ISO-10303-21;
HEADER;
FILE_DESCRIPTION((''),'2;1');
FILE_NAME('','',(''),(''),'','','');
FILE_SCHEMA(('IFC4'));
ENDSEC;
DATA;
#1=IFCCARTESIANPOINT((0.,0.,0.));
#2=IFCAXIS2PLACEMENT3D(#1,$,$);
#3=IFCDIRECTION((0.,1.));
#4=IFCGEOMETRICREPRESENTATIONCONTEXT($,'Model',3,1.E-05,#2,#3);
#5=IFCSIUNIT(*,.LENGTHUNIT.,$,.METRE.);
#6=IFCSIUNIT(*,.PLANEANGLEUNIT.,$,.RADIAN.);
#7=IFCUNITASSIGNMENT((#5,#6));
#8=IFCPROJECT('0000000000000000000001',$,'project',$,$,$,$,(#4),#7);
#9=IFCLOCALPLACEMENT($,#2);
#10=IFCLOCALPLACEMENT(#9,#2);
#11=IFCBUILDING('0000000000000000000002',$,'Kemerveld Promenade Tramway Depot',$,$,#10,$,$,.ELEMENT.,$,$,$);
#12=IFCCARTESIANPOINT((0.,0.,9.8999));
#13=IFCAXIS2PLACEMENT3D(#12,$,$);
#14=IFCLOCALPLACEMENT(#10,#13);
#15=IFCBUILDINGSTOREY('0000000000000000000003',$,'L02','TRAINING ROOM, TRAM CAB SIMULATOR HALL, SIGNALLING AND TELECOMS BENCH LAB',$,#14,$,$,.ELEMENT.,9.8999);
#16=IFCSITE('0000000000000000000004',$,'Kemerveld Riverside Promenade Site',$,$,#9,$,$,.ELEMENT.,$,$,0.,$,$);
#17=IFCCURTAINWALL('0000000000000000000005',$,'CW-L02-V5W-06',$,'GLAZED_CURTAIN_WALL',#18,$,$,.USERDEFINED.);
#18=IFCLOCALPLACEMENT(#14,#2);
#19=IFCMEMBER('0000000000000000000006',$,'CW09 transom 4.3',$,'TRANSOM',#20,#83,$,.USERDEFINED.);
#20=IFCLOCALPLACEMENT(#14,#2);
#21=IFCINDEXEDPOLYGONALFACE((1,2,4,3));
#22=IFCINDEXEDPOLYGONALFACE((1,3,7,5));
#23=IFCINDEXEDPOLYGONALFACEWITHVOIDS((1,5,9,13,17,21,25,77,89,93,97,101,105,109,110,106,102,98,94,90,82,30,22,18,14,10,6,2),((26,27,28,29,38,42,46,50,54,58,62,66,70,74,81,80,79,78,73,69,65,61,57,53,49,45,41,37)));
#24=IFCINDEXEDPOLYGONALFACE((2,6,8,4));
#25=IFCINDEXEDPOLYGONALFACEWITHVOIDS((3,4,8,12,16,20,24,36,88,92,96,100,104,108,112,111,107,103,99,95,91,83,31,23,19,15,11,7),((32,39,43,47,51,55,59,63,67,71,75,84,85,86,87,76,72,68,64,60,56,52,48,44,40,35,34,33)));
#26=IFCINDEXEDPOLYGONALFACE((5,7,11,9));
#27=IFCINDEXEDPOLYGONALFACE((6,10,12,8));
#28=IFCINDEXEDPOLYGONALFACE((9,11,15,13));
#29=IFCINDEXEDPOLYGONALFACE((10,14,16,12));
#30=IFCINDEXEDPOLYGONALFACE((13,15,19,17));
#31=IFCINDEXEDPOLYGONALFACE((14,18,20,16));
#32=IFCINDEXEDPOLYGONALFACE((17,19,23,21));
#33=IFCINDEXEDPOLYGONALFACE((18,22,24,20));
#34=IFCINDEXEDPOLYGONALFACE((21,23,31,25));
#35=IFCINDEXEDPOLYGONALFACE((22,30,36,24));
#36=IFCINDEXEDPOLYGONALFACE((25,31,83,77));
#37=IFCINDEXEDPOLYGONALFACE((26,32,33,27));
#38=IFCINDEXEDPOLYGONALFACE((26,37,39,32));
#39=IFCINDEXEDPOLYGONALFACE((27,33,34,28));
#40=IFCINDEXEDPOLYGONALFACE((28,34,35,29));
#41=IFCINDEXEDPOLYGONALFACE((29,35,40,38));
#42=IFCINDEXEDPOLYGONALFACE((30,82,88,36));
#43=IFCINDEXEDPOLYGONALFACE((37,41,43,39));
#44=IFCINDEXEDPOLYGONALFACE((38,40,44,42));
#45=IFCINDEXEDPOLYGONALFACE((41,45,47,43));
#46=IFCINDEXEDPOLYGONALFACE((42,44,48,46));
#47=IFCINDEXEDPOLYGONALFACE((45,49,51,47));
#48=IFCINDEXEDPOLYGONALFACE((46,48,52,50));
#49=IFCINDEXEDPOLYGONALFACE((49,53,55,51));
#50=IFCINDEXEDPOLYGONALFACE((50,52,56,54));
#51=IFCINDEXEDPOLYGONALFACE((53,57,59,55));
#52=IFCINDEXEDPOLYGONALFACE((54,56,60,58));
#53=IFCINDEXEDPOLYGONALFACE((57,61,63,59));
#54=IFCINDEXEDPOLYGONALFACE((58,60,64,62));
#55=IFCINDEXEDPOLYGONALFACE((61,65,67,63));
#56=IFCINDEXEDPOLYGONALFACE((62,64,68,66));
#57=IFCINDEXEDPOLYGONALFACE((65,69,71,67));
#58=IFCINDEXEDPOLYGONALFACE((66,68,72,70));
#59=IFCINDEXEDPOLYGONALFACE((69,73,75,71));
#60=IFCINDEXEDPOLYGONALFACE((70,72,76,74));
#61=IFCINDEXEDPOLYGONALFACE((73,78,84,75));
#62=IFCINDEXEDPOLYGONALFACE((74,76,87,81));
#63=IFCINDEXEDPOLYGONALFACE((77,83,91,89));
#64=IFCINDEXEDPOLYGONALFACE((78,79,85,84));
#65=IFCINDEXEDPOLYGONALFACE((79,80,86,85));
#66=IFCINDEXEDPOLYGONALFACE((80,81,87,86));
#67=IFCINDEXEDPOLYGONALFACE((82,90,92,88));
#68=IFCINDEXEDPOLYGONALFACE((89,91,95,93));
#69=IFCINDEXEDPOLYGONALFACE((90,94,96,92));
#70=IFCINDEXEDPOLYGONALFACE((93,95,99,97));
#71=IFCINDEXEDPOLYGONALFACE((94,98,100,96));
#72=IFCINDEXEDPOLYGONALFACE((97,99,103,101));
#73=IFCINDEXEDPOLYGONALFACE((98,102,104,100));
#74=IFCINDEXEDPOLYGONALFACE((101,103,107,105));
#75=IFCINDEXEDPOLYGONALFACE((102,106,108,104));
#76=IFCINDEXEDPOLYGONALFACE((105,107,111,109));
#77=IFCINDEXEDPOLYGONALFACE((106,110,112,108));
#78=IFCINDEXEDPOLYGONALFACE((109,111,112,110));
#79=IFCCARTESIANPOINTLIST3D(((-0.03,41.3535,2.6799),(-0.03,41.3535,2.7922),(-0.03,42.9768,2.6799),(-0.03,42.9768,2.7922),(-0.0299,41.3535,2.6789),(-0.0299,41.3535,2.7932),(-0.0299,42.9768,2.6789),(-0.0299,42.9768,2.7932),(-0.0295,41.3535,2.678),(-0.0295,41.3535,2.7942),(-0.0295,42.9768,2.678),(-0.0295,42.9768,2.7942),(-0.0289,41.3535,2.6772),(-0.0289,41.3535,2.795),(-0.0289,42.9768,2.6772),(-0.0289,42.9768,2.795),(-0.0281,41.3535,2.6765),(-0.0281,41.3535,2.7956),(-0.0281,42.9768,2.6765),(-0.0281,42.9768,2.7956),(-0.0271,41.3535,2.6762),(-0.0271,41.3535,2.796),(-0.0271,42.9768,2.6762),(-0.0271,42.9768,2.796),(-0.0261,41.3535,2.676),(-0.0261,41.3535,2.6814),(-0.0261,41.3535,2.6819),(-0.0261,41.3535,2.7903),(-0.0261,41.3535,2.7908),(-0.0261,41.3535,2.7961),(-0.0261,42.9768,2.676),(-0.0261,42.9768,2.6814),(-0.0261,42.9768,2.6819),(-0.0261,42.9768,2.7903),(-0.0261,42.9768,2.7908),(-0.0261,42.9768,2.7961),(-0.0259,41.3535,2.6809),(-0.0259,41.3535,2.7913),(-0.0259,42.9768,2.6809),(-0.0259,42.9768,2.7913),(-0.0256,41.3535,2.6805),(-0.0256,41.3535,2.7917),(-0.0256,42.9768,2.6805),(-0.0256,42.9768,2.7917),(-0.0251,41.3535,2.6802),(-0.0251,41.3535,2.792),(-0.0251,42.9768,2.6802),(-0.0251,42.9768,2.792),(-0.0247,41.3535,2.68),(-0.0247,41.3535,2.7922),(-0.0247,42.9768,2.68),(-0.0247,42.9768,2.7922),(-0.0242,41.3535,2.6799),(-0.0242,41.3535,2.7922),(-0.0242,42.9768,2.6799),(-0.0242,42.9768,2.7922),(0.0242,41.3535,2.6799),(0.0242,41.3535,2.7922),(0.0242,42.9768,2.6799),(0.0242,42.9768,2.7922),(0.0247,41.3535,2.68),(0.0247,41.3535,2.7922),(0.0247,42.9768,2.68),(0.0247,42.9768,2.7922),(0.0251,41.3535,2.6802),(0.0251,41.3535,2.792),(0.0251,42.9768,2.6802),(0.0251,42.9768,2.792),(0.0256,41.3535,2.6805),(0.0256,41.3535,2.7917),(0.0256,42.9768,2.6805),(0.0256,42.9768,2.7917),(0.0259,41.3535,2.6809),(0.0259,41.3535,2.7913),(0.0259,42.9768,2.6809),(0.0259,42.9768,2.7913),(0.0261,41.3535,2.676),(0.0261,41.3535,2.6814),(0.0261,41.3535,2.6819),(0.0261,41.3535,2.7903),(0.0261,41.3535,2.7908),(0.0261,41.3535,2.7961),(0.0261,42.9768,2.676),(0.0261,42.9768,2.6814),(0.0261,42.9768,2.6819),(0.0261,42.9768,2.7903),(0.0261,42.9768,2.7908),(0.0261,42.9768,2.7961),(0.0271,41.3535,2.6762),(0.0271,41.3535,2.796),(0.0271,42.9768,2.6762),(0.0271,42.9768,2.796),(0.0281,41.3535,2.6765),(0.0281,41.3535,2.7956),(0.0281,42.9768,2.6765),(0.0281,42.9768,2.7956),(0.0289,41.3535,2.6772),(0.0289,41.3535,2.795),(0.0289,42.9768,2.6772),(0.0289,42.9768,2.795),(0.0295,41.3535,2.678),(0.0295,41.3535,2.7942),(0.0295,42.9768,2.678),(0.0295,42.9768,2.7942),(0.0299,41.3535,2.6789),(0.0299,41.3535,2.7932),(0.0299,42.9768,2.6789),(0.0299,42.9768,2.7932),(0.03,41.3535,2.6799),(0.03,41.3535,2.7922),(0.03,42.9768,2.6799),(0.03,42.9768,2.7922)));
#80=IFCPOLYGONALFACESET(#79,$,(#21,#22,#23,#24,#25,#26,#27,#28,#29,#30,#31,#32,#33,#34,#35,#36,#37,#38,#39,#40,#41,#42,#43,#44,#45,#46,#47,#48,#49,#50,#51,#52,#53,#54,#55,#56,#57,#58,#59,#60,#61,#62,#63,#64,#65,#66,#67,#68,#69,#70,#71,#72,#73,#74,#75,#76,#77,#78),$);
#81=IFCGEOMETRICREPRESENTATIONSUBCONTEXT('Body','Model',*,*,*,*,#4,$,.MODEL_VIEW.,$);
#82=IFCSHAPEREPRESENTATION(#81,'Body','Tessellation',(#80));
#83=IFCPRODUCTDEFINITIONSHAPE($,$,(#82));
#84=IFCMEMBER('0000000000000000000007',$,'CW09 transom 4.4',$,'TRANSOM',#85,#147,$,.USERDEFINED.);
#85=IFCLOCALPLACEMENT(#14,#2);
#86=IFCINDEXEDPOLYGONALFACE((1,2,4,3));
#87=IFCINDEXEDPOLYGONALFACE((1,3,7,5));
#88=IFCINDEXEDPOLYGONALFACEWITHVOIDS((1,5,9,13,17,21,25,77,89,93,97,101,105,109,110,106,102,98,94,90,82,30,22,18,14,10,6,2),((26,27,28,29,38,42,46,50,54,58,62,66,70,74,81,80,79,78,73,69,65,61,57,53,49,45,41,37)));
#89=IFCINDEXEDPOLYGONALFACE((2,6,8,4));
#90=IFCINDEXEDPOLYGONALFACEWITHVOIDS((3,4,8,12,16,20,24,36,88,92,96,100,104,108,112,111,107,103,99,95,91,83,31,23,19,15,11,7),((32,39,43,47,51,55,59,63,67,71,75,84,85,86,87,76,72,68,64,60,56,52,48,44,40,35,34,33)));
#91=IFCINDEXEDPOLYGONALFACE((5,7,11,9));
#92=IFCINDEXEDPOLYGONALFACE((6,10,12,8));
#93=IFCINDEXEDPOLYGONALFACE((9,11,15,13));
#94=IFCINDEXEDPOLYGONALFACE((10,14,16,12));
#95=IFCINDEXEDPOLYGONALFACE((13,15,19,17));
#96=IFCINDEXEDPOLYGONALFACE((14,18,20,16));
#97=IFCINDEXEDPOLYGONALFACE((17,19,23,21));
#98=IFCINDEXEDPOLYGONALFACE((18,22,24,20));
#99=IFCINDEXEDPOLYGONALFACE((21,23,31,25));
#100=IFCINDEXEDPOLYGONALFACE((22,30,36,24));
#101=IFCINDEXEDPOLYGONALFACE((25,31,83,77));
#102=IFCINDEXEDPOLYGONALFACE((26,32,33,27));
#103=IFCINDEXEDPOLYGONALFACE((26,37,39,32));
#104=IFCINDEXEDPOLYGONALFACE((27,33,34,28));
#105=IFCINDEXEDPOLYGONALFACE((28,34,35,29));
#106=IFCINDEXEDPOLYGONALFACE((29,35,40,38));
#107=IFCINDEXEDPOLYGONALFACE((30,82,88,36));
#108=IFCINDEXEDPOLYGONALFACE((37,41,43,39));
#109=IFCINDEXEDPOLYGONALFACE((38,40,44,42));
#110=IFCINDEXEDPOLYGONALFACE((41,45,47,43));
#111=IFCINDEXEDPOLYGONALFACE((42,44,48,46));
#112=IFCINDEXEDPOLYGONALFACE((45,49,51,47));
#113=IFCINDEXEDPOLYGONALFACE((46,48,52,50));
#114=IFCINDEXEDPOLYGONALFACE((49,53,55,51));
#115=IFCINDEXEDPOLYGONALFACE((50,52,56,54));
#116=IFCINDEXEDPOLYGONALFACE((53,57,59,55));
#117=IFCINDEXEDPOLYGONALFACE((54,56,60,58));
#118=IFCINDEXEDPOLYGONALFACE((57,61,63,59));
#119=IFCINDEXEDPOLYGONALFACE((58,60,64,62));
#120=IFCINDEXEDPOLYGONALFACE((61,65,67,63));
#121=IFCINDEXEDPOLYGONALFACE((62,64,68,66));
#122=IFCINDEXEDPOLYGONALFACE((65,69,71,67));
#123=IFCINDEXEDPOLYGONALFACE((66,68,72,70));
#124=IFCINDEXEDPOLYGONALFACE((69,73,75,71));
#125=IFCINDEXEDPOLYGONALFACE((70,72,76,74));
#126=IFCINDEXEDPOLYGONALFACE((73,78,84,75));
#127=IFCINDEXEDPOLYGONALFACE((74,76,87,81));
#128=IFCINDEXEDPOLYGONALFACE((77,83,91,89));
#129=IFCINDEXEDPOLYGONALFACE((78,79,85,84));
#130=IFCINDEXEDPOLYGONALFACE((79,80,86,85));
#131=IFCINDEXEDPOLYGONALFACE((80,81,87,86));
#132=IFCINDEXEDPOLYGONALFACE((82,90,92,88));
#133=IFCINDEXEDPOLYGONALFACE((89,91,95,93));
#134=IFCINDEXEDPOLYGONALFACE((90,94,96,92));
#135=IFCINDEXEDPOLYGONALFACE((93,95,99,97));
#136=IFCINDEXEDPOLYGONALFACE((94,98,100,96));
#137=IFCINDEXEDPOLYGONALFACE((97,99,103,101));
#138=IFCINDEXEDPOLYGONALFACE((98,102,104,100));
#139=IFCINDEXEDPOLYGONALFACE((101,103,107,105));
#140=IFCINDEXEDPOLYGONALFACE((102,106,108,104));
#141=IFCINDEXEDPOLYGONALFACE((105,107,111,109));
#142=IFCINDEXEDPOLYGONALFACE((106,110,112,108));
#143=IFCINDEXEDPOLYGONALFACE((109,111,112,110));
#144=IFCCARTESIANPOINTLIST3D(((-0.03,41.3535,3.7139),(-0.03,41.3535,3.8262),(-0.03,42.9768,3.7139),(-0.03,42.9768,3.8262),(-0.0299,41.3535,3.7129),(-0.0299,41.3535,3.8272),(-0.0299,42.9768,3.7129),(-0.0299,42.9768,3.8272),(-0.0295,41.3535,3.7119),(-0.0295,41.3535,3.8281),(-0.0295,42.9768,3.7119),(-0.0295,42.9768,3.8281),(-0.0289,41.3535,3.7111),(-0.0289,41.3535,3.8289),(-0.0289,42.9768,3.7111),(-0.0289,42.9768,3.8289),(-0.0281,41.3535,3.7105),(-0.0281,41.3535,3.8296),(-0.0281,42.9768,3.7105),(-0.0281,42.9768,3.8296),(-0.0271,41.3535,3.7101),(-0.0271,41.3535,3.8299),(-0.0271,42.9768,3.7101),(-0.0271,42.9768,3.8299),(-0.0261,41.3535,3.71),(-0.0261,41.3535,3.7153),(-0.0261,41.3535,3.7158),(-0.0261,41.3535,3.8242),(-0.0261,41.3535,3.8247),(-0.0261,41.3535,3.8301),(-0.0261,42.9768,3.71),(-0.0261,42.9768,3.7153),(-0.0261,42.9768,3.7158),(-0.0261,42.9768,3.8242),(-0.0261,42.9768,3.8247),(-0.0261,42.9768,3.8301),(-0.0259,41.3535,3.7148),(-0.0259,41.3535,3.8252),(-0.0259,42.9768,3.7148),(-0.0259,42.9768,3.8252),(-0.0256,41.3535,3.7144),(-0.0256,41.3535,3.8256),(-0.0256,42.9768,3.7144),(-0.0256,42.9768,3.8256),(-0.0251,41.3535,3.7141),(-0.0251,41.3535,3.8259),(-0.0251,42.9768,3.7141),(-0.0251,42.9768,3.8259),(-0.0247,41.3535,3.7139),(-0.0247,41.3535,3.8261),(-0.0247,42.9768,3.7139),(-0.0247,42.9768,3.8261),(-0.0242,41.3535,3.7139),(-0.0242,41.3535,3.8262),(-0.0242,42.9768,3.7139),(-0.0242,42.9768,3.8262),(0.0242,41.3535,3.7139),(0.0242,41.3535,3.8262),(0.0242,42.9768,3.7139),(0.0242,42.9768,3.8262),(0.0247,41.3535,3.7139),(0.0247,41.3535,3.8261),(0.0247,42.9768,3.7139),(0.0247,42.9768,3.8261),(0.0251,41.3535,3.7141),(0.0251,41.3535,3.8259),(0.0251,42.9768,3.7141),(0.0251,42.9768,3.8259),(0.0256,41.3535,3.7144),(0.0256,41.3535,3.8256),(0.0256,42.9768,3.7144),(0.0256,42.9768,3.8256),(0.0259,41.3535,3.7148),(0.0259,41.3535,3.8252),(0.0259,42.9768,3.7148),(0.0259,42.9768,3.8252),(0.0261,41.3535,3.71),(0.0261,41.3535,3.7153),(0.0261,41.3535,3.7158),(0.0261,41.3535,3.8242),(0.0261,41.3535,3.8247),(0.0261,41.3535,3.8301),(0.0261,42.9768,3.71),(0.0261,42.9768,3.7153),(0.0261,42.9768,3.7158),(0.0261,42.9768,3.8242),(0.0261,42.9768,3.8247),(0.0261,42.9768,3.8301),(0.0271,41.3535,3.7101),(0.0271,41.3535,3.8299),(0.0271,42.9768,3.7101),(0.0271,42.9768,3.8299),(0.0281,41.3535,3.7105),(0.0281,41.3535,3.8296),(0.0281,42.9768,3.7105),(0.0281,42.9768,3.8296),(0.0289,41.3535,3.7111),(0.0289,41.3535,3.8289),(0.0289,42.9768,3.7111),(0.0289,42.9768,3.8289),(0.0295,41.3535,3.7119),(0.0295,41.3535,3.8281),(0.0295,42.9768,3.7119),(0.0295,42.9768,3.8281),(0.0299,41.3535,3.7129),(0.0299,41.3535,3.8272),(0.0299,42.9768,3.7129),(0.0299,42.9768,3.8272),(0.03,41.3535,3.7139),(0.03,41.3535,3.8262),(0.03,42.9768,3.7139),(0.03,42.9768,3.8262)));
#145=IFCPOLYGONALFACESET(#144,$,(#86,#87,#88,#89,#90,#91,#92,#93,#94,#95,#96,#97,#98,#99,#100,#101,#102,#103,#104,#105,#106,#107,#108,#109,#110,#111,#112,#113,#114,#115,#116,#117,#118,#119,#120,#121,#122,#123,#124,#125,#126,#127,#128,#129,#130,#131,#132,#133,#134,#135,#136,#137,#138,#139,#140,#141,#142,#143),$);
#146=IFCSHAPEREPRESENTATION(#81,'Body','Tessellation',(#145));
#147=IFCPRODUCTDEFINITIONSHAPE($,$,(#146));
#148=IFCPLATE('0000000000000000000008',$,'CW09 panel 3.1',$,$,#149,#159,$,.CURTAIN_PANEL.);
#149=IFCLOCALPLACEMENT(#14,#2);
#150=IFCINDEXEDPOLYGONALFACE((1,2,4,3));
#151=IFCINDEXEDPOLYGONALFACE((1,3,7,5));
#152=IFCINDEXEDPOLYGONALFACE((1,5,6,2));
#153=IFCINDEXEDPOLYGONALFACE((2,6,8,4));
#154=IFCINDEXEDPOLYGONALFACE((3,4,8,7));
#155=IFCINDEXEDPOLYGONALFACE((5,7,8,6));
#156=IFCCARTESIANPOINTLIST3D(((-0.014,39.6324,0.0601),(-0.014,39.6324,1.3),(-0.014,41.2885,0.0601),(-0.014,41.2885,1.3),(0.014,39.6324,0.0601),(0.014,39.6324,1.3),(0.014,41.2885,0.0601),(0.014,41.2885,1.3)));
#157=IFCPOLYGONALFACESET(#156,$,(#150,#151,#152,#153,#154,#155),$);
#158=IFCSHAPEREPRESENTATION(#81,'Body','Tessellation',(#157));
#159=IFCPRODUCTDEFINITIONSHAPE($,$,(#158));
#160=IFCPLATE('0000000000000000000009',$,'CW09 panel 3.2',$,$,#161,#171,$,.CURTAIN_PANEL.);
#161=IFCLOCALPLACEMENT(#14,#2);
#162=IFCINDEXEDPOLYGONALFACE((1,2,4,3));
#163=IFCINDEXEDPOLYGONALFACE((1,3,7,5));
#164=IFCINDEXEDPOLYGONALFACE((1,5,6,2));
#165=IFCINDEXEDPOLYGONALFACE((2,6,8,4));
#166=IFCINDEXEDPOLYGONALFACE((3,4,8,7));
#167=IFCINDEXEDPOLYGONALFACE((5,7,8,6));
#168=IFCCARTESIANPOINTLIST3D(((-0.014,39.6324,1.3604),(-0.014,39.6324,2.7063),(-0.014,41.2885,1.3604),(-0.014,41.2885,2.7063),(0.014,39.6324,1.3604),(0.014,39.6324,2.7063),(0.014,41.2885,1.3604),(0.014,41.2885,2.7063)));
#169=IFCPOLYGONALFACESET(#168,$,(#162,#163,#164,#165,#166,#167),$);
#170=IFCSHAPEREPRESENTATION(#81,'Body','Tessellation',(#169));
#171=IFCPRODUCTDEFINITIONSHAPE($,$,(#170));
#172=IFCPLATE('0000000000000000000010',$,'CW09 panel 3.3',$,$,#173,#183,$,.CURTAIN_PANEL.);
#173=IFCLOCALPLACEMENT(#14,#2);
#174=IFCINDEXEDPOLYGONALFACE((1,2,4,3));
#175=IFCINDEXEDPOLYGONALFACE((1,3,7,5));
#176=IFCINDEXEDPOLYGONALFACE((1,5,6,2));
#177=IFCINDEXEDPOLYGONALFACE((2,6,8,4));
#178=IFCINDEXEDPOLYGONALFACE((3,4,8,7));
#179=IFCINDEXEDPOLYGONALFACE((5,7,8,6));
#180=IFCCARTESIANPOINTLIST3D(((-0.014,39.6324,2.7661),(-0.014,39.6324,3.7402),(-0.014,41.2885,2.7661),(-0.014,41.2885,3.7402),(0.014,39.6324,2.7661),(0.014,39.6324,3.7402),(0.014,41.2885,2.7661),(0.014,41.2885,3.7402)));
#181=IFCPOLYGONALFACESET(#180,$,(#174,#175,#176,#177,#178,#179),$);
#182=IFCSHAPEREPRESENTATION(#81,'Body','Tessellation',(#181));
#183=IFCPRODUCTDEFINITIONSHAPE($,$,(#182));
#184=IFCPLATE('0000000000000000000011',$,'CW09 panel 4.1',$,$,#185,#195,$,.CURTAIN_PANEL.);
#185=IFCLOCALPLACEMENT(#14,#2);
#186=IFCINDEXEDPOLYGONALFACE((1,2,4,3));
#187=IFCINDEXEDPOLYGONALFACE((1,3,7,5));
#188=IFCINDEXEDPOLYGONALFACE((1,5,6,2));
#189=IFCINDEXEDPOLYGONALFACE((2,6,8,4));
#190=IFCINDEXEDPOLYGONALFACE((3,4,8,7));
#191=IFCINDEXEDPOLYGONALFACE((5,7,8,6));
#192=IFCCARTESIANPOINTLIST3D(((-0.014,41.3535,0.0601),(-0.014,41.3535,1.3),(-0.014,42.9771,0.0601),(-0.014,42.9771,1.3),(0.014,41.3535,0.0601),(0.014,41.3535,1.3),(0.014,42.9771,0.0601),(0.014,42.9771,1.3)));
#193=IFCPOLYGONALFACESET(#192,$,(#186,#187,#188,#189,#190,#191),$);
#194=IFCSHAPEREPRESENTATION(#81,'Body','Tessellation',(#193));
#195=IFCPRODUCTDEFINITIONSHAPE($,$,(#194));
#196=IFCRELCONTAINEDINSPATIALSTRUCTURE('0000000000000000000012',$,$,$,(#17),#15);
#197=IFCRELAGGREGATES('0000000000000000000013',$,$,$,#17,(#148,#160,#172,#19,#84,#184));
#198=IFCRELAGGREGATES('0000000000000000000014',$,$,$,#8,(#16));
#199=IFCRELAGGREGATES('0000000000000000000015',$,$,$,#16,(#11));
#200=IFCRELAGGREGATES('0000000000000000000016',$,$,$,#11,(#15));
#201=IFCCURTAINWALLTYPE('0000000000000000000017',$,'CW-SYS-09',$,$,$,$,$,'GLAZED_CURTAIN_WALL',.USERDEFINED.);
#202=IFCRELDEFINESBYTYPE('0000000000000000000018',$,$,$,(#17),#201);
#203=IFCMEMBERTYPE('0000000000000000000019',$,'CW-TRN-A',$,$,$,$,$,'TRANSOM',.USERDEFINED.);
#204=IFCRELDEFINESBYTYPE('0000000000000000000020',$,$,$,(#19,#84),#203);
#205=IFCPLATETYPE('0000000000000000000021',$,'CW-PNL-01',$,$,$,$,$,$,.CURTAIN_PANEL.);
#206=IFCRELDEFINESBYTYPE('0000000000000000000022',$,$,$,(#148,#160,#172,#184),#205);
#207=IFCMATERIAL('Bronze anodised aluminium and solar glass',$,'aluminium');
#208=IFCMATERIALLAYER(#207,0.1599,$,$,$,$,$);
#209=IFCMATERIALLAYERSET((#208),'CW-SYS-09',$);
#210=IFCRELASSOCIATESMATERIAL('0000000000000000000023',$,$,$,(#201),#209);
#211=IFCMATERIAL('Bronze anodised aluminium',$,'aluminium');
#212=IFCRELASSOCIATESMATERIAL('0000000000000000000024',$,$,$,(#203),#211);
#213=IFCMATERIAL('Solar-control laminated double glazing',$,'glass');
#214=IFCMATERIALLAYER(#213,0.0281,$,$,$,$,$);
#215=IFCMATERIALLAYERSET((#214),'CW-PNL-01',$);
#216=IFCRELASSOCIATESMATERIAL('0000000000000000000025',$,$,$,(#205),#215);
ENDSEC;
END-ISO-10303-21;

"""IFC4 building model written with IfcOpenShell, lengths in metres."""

from ifc_helpers import new_model, si_unit, direction, frame, origin, origin_2d, place, context, subcontext, project, spatial, rectangle, hollow_rectangle, extrude, material, layer, layer_set, material_profile, profile_set, type_object, element, aggregate, save


model = new_model("IFC4")

# Units and contexts
model_context = context("Model", 3, precision=1e-05, world=origin(), true_north=direction((0.0, 1.0)))
body_context = subcontext(model_context, "Body", "Model", "MODEL_VIEW")
ifc_project = project(units=[si_unit("LENGTHUNIT", "METRE"), si_unit("PLANEANGLEUNIT", "RADIAN")], contexts=[model_context])

# Site, building, storey
site_placement = place(None, origin())
site = spatial("IfcSite", under=ifc_project, at=site_placement, Name="Kemerveld Riverside Promenade Site", CompositionType="ELEMENT", RefElevation=0.0)
building_placement = place(site_placement, origin())
building = spatial("IfcBuilding", under=site, at=building_placement, Name="Kemerveld Promenade Tramway Depot", CompositionType="ELEMENT")
storey_placement = place(building_placement, frame((0.0, 0.0, 9.8999)))
storey = spatial("IfcBuildingStorey", under=building, at=storey_placement, Name="L02", Description="TRAINING ROOM, TRAM CAB SIMULATOR HALL, SIGNALLING AND TELECOMS BENCH LAB", CompositionType="ELEMENT", Elevation=9.8999)

# Curtain wall, members, plates
ifc_material_1 = material(Name="Bronze anodised aluminium and solar glass", Category="aluminium")
ifc_layer_1 = layer(ifc_material_1, 0.1599)
ifc_layer_set_1 = layer_set([ifc_layer_1], Name="CW-SYS-09")
curtain_wall_type = type_object("IfcCurtainWallType", Name="CW-SYS-09", ElementType="GLAZED_CURTAIN_WALL", PredefinedType="USERDEFINED", material=ifc_layer_set_1)
curtain_wall_placement = place(storey_placement, origin())
curtain_wall = element("IfcCurtainWall", 1, at=curtain_wall_placement, inside=storey, type_object=curtain_wall_type, Name="CW-L02-V5W-06", ObjectType="GLAZED_CURTAIN_WALL", PredefinedType="USERDEFINED")
ifc_material_2 = material(Name="Bronze anodised aluminium", Category="aluminium")
ifc_material_profile_1 = material_profile(ifc_material_2, hollow_rectangle(XDim=0.0601, YDim=0.1201, WallThickness=0.0039, InnerFilletRadius=0.002, OuterFilletRadius=0.0039, at=origin_2d()), Name="CW-TRN-120x60")
ifc_profile_set_1 = profile_set([ifc_material_profile_1], Name="Bronze anodised aluminium")
member_type_1 = type_object("IfcMemberType", Name="CW-TRN-A", ElementType="TRANSOM", PredefinedType="USERDEFINED", material=ifc_profile_set_1)
member_1_placement = place(storey_placement, frame((0.0, 41.3535, 2.7361), z_axis=(0.0, 1.0, 0.0), x_axis=(-1.0, 0.0, 0.0)))
member_1 = element("IfcMember", 2, at=member_1_placement, type_object=member_type_1, Name="CW09 transom 4.3", ObjectType="TRANSOM", PredefinedType="USERDEFINED", context=body_context, shape_type="SweptSolid", body=[
    extrude(hollow_rectangle(XDim=0.0601, YDim=0.1201, WallThickness=0.0039, InnerFilletRadius=0.002, OuterFilletRadius=0.0039, at=origin_2d()), origin(), (0.0, 0.0, 1.0), 1.6233),
])
member_2_placement = place(storey_placement, frame((0.0, 41.3535, 3.77), z_axis=(0.0, 1.0, 0.0), x_axis=(-1.0, 0.0, 0.0)))
member_2 = element("IfcMember", 3, at=member_2_placement, type_object=member_type_1, Name="CW09 transom 4.4", ObjectType="TRANSOM", PredefinedType="USERDEFINED", context=body_context, shape_type="SweptSolid", body=[
    extrude(hollow_rectangle(XDim=0.0601, YDim=0.1201, WallThickness=0.0039, InnerFilletRadius=0.002, OuterFilletRadius=0.0039, at=origin_2d()), origin(), (0.0, 0.0, 1.0), 1.6233),
])
ifc_material_3 = material(Name="Solar-control laminated double glazing", Category="glass")
ifc_layer_2 = layer(ifc_material_3, 0.0281)
ifc_layer_set_2 = layer_set([ifc_layer_2], Name="CW-PNL-01")
plate_type = type_object("IfcPlateType", Name="CW-PNL-01", PredefinedType="CURTAIN_PANEL", material=ifc_layer_set_2)
plate_1_placement = place(storey_placement, frame((0.0, 40.4604, 0.0601), z_axis=(0.0, 0.0, 1.0), x_axis=(0.0, 1.0, 0.0)))
plate_1 = element("IfcPlate", 4, at=plate_1_placement, type_object=plate_type, Name="CW09 panel 3.1", PredefinedType="CURTAIN_PANEL", context=body_context, shape_type="SweptSolid", body=[
    extrude(rectangle(XDim=1.656, YDim=0.0281, at=origin_2d()), origin(), (0.0, 0.0, 1.0), 1.24),
])
plate_2_placement = place(storey_placement, frame((0.0, 40.4604, 1.3604), z_axis=(0.0, 0.0, 1.0), x_axis=(0.0, 1.0, 0.0)))
plate_2 = element("IfcPlate", 5, at=plate_2_placement, type_object=plate_type, Name="CW09 panel 3.2", PredefinedType="CURTAIN_PANEL", context=body_context, shape_type="SweptSolid", body=[
    extrude(rectangle(XDim=1.656, YDim=0.0281, at=origin_2d()), origin(), (0.0, 0.0, 1.0), 1.3459),
])
plate_3_placement = place(storey_placement, frame((0.0, 40.4604, 2.7661), z_axis=(0.0, 0.0, 1.0), x_axis=(0.0, 1.0, 0.0)))
plate_3 = element("IfcPlate", 6, at=plate_3_placement, type_object=plate_type, Name="CW09 panel 3.3", PredefinedType="CURTAIN_PANEL", context=body_context, shape_type="SweptSolid", body=[
    extrude(rectangle(XDim=1.656, YDim=0.0281, at=origin_2d()), origin(), (0.0, 0.0, 1.0), 0.9741),
])
plate_4_placement = place(storey_placement, frame((0.0, 42.1653, 0.0601), z_axis=(0.0, 0.0, 1.0), x_axis=(0.0, 1.0, 0.0)))
plate_4 = element("IfcPlate", 7, at=plate_4_placement, type_object=plate_type, Name="CW09 panel 4.1", PredefinedType="CURTAIN_PANEL", context=body_context, shape_type="SweptSolid", body=[
    extrude(rectangle(XDim=1.6235, YDim=0.0281, at=origin_2d()), origin(), (0.0, 0.0, 1.0), 1.24),
])
aggregate(curtain_wall, [plate_1, plate_2, plate_3, member_1, member_2, plate_4])

save(model, "model.ifc")
